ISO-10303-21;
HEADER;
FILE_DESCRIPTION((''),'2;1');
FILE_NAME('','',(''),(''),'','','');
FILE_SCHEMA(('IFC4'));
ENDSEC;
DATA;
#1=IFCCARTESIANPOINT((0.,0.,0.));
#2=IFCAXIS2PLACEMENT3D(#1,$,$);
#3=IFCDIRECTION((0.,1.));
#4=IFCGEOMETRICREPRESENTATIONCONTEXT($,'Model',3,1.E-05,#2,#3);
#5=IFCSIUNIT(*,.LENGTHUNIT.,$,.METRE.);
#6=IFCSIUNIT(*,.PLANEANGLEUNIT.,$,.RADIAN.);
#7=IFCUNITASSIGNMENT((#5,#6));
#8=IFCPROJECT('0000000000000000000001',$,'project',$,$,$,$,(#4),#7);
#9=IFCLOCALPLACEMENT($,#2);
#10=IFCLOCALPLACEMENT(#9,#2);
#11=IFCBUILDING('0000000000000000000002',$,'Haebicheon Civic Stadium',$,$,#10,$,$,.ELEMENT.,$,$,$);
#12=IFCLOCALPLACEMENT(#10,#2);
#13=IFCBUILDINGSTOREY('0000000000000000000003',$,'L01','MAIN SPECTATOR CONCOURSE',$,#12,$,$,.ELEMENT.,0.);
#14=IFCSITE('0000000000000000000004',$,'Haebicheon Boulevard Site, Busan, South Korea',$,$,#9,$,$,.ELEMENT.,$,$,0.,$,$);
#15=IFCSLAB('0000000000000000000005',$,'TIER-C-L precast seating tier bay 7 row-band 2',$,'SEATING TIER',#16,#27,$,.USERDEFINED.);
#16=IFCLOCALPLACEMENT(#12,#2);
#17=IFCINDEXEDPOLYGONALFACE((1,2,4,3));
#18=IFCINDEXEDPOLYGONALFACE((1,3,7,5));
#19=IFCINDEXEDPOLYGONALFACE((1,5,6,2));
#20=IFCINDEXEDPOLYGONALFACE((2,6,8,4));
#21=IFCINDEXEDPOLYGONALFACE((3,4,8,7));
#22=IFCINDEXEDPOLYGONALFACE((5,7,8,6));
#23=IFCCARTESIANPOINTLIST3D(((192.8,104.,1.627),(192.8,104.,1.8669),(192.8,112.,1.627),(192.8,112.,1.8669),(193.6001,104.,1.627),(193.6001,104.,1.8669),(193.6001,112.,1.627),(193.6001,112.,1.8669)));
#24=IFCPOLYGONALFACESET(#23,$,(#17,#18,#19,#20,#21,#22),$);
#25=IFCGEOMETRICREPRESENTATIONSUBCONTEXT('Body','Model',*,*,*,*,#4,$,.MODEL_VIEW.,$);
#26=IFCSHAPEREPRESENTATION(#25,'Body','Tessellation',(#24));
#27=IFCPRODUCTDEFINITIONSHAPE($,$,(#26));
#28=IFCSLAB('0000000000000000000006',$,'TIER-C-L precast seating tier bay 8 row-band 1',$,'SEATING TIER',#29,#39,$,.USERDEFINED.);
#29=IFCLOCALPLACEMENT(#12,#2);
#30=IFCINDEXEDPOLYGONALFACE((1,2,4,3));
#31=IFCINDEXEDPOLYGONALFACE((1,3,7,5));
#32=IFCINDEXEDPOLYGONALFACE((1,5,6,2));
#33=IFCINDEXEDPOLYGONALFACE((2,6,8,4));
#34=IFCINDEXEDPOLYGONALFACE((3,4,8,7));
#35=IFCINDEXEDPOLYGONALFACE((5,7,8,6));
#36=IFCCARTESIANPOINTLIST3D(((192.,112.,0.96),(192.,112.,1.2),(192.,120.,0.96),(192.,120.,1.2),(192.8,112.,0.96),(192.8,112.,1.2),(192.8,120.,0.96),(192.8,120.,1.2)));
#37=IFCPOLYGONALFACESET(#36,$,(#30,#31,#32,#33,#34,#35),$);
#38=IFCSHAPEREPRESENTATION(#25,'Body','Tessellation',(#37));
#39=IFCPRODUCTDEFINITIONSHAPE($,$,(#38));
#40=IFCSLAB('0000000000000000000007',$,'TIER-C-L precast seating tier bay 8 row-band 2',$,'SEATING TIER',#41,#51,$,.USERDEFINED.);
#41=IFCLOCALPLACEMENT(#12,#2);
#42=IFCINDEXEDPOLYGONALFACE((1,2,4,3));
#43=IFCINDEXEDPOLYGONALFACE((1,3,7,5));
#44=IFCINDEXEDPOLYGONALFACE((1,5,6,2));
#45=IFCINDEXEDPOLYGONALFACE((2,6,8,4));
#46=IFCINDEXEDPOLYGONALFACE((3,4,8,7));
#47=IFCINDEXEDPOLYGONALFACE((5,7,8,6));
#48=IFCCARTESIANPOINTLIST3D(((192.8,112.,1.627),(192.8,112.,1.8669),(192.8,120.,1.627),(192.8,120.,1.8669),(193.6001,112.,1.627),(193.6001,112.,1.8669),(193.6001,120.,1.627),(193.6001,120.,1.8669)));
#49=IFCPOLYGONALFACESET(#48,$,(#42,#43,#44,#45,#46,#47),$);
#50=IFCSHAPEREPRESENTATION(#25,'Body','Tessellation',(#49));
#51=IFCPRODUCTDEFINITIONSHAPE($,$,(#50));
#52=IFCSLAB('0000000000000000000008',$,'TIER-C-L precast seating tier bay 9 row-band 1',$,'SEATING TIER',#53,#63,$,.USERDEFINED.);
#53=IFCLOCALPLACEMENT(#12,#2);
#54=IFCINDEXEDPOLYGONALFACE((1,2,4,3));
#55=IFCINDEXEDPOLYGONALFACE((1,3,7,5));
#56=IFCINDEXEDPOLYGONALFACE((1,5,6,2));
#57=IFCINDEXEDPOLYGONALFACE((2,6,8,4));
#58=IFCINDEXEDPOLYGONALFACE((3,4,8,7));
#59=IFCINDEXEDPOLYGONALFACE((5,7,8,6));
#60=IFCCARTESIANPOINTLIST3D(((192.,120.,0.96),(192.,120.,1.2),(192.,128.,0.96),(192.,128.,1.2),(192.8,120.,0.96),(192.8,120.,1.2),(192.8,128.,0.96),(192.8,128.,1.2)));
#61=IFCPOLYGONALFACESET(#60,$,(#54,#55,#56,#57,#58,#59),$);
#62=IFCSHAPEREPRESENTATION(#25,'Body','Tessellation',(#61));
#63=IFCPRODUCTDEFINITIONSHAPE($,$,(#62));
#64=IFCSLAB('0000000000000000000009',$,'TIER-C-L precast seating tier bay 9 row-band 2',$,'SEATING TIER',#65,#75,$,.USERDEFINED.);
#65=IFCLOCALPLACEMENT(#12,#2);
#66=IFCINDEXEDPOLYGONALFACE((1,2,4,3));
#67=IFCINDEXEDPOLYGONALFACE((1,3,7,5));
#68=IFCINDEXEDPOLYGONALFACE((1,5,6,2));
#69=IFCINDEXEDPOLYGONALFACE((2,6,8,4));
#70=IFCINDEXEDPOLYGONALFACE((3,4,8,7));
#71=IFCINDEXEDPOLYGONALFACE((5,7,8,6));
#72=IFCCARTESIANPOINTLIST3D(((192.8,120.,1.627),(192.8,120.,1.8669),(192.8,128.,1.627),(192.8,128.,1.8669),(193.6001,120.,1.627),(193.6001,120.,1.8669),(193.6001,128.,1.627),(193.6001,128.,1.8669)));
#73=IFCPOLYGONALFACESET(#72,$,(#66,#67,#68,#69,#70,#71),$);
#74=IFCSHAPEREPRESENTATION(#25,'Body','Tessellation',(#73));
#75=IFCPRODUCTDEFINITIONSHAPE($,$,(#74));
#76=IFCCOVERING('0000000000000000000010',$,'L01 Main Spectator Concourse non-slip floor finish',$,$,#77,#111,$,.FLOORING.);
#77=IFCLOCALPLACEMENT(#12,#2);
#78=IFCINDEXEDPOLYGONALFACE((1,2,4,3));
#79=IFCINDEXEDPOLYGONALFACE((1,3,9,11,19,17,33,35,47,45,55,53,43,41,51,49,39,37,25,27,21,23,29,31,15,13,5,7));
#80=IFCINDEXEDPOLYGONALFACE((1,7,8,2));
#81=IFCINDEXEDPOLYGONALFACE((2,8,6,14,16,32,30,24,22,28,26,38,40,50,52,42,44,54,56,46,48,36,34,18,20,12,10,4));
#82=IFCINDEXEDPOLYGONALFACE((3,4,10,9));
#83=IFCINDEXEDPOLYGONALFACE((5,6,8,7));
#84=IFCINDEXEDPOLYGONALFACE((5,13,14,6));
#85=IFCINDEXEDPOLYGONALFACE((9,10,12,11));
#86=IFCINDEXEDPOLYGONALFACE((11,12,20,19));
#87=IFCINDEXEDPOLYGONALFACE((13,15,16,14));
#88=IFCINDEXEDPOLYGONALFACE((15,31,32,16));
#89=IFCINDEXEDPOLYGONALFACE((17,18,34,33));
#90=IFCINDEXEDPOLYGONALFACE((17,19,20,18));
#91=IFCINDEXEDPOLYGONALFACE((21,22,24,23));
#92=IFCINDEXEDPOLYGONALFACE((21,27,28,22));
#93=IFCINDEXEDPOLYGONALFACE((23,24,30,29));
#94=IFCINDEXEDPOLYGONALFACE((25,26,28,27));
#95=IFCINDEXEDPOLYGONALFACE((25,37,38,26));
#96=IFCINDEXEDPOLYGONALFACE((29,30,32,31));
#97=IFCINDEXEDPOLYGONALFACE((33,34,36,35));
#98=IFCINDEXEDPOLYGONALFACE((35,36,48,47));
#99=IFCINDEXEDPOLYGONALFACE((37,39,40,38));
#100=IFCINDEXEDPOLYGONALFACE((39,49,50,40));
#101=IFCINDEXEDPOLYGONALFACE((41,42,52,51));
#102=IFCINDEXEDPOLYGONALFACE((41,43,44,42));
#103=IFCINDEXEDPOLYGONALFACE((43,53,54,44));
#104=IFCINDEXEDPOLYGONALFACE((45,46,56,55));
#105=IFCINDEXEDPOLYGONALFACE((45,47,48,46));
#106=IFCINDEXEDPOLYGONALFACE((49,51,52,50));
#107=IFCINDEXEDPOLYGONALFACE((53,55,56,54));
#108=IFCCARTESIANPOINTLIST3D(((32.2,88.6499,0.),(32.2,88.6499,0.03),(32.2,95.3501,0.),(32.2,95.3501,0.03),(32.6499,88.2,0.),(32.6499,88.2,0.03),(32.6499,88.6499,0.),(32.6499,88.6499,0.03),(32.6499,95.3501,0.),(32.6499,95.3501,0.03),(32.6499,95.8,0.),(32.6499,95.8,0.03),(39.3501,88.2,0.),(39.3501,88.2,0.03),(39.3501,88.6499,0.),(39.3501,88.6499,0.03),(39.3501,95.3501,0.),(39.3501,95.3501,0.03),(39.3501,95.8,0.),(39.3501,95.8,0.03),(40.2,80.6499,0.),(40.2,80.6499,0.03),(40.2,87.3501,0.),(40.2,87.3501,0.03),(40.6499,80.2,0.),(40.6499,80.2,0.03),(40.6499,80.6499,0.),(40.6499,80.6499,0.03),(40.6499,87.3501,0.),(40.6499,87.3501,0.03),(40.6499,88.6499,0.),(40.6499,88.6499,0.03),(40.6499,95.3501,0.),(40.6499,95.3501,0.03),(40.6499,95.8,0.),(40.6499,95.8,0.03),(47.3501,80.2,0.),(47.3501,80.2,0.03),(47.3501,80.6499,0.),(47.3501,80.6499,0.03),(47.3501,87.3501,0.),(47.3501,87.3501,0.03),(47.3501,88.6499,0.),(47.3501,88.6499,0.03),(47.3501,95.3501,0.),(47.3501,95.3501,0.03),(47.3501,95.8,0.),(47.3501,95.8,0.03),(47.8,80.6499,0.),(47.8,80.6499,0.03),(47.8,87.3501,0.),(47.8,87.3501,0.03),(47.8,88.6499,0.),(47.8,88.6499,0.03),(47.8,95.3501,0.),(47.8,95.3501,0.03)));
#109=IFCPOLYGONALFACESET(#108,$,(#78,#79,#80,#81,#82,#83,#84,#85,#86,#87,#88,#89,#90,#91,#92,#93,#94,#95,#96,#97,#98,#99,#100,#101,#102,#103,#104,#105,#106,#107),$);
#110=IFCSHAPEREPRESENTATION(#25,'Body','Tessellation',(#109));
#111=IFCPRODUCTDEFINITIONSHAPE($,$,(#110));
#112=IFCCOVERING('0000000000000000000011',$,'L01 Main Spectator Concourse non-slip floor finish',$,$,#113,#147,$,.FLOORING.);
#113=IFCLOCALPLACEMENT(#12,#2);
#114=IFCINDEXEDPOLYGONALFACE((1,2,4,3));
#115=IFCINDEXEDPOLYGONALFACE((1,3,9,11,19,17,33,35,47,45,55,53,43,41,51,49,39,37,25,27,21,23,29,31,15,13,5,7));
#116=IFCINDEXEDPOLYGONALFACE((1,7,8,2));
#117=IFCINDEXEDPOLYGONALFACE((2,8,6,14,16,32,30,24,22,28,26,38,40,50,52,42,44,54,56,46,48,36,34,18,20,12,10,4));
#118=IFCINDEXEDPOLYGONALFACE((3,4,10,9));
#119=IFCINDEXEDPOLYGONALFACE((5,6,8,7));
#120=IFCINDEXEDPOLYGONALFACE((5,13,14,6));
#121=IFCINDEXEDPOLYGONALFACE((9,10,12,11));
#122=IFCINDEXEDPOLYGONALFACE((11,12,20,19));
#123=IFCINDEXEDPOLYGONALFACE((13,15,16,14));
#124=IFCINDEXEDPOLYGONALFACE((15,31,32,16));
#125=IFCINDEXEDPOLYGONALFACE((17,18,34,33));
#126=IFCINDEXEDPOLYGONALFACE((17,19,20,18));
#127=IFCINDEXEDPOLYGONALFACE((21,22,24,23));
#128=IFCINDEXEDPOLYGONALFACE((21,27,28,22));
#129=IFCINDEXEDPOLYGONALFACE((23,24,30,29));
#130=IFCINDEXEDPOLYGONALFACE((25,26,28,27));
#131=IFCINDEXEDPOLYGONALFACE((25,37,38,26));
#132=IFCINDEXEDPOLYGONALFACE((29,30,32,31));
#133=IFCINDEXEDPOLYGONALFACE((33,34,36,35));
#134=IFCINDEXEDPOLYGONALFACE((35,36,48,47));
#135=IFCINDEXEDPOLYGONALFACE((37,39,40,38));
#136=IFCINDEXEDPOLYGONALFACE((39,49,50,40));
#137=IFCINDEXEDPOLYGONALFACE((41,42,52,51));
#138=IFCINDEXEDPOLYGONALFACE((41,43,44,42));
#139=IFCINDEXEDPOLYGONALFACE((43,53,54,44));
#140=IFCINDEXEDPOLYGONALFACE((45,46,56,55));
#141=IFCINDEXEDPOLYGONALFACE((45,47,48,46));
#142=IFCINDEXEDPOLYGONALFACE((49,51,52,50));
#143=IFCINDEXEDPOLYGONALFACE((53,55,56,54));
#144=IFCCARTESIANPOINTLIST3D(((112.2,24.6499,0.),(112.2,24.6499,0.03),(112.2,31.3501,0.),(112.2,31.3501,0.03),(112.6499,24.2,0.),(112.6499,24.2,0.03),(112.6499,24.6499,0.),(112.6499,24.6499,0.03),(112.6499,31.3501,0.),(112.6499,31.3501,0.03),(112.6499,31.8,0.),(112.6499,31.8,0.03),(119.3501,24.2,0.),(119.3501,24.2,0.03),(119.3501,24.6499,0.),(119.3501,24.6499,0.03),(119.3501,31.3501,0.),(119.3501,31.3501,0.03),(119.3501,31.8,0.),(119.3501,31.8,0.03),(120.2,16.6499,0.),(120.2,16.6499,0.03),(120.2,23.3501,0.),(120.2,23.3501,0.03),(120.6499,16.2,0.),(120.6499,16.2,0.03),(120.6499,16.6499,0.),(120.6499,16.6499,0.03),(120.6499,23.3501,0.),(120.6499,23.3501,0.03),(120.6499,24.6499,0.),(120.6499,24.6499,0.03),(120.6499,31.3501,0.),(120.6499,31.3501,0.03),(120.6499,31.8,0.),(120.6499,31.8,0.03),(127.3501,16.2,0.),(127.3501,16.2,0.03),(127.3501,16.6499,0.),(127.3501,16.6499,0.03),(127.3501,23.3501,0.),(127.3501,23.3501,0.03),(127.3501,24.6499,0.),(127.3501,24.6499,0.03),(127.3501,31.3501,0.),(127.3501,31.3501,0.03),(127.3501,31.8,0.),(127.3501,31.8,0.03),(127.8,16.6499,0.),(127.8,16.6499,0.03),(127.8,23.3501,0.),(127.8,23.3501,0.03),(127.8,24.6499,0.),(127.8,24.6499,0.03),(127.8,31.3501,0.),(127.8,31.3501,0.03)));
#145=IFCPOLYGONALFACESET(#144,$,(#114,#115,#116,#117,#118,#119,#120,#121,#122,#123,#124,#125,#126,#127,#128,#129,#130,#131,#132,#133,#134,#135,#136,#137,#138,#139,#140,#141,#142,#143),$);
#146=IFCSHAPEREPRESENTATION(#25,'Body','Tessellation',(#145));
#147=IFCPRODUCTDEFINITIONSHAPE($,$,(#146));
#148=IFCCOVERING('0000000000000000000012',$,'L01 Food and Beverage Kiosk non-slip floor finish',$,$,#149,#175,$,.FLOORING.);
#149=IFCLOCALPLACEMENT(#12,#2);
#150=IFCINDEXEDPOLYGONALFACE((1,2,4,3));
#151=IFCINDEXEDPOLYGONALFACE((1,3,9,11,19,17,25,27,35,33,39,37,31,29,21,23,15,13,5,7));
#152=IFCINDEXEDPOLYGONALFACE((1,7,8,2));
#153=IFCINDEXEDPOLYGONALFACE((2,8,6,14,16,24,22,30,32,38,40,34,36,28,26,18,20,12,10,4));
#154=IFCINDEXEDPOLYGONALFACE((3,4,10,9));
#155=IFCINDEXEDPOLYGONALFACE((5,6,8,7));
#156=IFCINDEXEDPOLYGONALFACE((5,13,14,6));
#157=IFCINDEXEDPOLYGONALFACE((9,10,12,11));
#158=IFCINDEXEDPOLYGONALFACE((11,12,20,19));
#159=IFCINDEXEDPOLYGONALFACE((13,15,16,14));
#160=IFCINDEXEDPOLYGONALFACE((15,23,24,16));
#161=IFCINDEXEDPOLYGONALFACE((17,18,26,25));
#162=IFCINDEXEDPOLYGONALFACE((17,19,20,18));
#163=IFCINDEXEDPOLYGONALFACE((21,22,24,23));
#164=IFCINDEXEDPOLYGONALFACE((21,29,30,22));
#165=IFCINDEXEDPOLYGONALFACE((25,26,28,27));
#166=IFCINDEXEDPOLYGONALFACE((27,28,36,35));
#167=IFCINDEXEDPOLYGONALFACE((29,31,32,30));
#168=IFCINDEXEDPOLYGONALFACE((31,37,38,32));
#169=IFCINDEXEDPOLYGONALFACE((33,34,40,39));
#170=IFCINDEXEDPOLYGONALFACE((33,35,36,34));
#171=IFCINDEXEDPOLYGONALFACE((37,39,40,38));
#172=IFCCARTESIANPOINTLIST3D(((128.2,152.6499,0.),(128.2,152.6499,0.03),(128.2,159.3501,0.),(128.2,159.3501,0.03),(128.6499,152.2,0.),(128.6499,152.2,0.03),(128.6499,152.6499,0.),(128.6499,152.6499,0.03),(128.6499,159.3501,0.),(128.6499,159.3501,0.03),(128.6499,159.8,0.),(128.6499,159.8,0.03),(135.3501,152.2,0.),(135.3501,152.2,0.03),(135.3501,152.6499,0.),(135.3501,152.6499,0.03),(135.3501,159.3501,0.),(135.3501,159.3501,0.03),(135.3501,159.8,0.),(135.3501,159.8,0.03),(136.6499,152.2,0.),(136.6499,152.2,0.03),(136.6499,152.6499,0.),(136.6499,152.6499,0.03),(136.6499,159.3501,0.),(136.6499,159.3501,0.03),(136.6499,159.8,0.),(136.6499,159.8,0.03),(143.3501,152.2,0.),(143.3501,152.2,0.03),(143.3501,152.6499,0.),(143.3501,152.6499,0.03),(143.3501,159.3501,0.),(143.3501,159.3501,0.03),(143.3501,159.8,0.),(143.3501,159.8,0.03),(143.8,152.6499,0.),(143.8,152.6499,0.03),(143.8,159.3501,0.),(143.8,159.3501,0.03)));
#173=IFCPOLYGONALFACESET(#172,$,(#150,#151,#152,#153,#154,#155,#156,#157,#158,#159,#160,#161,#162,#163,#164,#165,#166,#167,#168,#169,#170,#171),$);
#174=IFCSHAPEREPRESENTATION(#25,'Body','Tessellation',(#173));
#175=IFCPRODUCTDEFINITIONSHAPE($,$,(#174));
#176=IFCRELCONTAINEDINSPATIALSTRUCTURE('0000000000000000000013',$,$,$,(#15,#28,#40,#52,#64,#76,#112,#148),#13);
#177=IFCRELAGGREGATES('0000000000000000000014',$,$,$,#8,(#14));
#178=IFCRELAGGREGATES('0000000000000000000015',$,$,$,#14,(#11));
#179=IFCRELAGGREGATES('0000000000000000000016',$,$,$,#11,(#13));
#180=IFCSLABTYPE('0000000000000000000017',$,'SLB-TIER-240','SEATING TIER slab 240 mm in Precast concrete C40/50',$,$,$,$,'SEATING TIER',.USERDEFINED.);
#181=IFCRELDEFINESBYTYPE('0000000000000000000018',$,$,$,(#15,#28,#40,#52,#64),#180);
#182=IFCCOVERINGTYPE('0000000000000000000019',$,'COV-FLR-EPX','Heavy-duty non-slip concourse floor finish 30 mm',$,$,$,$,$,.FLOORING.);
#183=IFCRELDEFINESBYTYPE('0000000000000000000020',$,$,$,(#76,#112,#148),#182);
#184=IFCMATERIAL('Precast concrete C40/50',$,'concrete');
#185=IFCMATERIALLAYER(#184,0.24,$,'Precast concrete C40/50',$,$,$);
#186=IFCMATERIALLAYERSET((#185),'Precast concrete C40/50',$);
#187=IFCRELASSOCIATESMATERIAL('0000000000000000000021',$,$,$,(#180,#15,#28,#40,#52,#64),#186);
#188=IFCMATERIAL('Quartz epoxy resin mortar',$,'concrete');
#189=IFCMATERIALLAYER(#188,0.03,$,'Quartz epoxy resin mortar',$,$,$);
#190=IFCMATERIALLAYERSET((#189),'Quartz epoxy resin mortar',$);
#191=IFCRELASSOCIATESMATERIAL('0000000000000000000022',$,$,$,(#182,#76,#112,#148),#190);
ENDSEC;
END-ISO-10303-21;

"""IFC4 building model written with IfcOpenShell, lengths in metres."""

from ifc_helpers import new_model, si_unit, direction, frame, origin, place, context, subcontext, project, spatial, polyline, outline, extrude, material, layer, layer_set, type_object, element, save


model = new_model("IFC4")

# Units and contexts
model_context = context("Model", 3, precision=1e-05, world=origin(), true_north=direction((0.0, 1.0)))
body_context = subcontext(model_context, "Body", "Model", "MODEL_VIEW")
ifc_project = project(units=[si_unit("LENGTHUNIT", "METRE"), si_unit("PLANEANGLEUNIT", "RADIAN")], contexts=[model_context])

# Site, building, storey
site_placement = place(None, origin())
site = spatial("IfcSite", under=ifc_project, at=site_placement, Name="Haebicheon Boulevard Site, Busan, South Korea", CompositionType="ELEMENT", RefElevation=0.0)
building_placement = place(site_placement, origin())
building = spatial("IfcBuilding", under=site, at=building_placement, Name="Haebicheon Civic Stadium", CompositionType="ELEMENT")
storey_placement = place(building_placement, origin())
storey = spatial("IfcBuildingStorey", under=building, at=storey_placement, Name="L01", Description="MAIN SPECTATOR CONCOURSE", CompositionType="ELEMENT", Elevation=0.0)

# Slabs
ifc_material_1 = material(Name="Precast concrete C40/50", Category="concrete")
ifc_layer_1 = layer(ifc_material_1, 0.24, Name="Precast concrete C40/50")
ifc_layer_set_1 = layer_set([ifc_layer_1], Name="Precast concrete C40/50")
slab_type_1 = type_object("IfcSlabType", Name="SLB-TIER-240", Description="SEATING TIER slab 240 mm in Precast concrete C40/50", ElementType="SEATING TIER", PredefinedType="USERDEFINED", material=ifc_layer_set_1)
slab_1_placement = place(storey_placement, frame((0.0, 0.0, 1.627)))
element("IfcSlab", 1, at=slab_1_placement, inside=storey, type_object=slab_type_1, material=ifc_layer_set_1, Name="TIER-C-L precast seating tier bay 7 row-band 2", ObjectType="SEATING TIER", PredefinedType="USERDEFINED", context=body_context, shape_type="SweptSolid", body=[
    extrude(outline(polyline([(192.8, 104.0), (193.6001, 104.0), (193.6001, 112.0), (192.8, 112.0), (192.8, 104.0)])), origin(), (0.0, 0.0, 1.0), 0.24),
])
slab_2_placement = place(storey_placement, frame((0.0, 0.0, 0.96)))
element("IfcSlab", 2, at=slab_2_placement, inside=storey, type_object=slab_type_1, material=ifc_layer_set_1, Name="TIER-C-L precast seating tier bay 8 row-band 1", ObjectType="SEATING TIER", PredefinedType="USERDEFINED", context=body_context, shape_type="SweptSolid", body=[
    extrude(outline(polyline([(192.0, 112.0), (192.8, 112.0), (192.8, 120.0), (192.0, 120.0), (192.0, 112.0)])), origin(), (0.0, 0.0, 1.0), 0.24),
])
slab_3_placement = place(storey_placement, frame((0.0, 0.0, 1.627)))
element("IfcSlab", 3, at=slab_3_placement, inside=storey, type_object=slab_type_1, material=ifc_layer_set_1, Name="TIER-C-L precast seating tier bay 8 row-band 2", ObjectType="SEATING TIER", PredefinedType="USERDEFINED", context=body_context, shape_type="SweptSolid", body=[
    extrude(outline(polyline([(192.8, 112.0), (193.6001, 112.0), (193.6001, 120.0), (192.8, 120.0), (192.8, 112.0)])), origin(), (0.0, 0.0, 1.0), 0.24),
])
slab_4_placement = place(storey_placement, frame((0.0, 0.0, 0.96)))
element("IfcSlab", 4, at=slab_4_placement, inside=storey, type_object=slab_type_1, material=ifc_layer_set_1, Name="TIER-C-L precast seating tier bay 9 row-band 1", ObjectType="SEATING TIER", PredefinedType="USERDEFINED", context=body_context, shape_type="SweptSolid", body=[
    extrude(outline(polyline([(192.0, 120.0), (192.8, 120.0), (192.8, 128.0), (192.0, 128.0), (192.0, 120.0)])), origin(), (0.0, 0.0, 1.0), 0.24),
])
slab_5_placement = place(storey_placement, frame((0.0, 0.0, 1.627)))
element("IfcSlab", 5, at=slab_5_placement, inside=storey, type_object=slab_type_1, material=ifc_layer_set_1, Name="TIER-C-L precast seating tier bay 9 row-band 2", ObjectType="SEATING TIER", PredefinedType="USERDEFINED", context=body_context, shape_type="SweptSolid", body=[
    extrude(outline(polyline([(192.8, 120.0), (193.6001, 120.0), (193.6001, 128.0), (192.8, 128.0), (192.8, 120.0)])), origin(), (0.0, 0.0, 1.0), 0.24),
])

# Coverings
ifc_material_2 = material(Name="Quartz epoxy resin mortar", Category="concrete")
ifc_layer_2 = layer(ifc_material_2, 0.03, Name="Quartz epoxy resin mortar")
ifc_layer_set_2 = layer_set([ifc_layer_2], Name="Quartz epoxy resin mortar")
covering_type = type_object("IfcCoveringType", Name="COV-FLR-EPX", Description="Heavy-duty non-slip concourse floor finish 30 mm", PredefinedType="FLOORING", material=ifc_layer_set_2)
covering_1_placement = place(storey_placement, origin())
element("IfcCovering", 6, at=covering_1_placement, inside=storey, type_object=covering_type, material=ifc_layer_set_2, Name="L01 Main Spectator Concourse non-slip floor finish", PredefinedType="FLOORING", context=body_context, shape_type="SweptSolid", body=[
    extrude(outline(polyline([(40.6499, 80.2), (40.6499, 80.6499), (40.2, 80.6499), (40.2, 87.3501), (40.6499, 87.3501), (40.6499, 88.6499), (39.3501, 88.6499), (39.3501, 88.2), (32.6499, 88.2), (32.6499, 88.6499), (32.2, 88.6499), (32.2, 95.3501), (32.6499, 95.3501), (32.6499, 95.8), (39.3501, 95.8), (39.3501, 95.3501), (40.6499, 95.3501), (40.6499, 95.8), (47.3501, 95.8), (47.3501, 95.3501), (47.8, 95.3501), (47.8, 88.6499), (47.3501, 88.6499), (47.3501, 87.3501), (47.8, 87.3501), (47.8, 80.6499), (47.3501, 80.6499), (47.3501, 80.2), (40.6499, 80.2)])), origin(), (0.0, 0.0, 1.0), 0.03),
])
covering_2_placement = place(storey_placement, origin())
element("IfcCovering", 7, at=covering_2_placement, inside=storey, type_object=covering_type, material=ifc_layer_set_2, Name="L01 Main Spectator Concourse non-slip floor finish", PredefinedType="FLOORING", context=body_context, shape_type="SweptSolid", body=[
    extrude(outline(polyline([(120.6499, 16.2), (120.6499, 16.6499), (120.2, 16.6499), (120.2, 23.3501), (120.6499, 23.3501), (120.6499, 24.6499), (119.3501, 24.6499), (119.3501, 24.2), (112.6499, 24.2), (112.6499, 24.6499), (112.2, 24.6499), (112.2, 31.3501), (112.6499, 31.3501), (112.6499, 31.8), (119.3501, 31.8), (119.3501, 31.3501), (120.6499, 31.3501), (120.6499, 31.8), (127.3501, 31.8), (127.3501, 31.3501), (127.8, 31.3501), (127.8, 24.6499), (127.3501, 24.6499), (127.3501, 23.3501), (127.8, 23.3501), (127.8, 16.6499), (127.3501, 16.6499), (127.3501, 16.2), (120.6499, 16.2)])), origin(), (0.0, 0.0, 1.0), 0.03),
])
covering_3_placement = place(storey_placement, origin())
element("IfcCovering", 8, at=covering_3_placement, inside=storey, type_object=covering_type, material=ifc_layer_set_2, Name="L01 Food and Beverage Kiosk non-slip floor finish", PredefinedType="FLOORING", context=body_context, shape_type="SweptSolid", body=[
    extrude(outline(polyline([(128.2, 159.3501), (128.6499, 159.3501), (128.6499, 159.8), (135.3501, 159.8), (135.3501, 159.3501), (136.6499, 159.3501), (136.6499, 159.8), (143.3501, 159.8), (143.3501, 159.3501), (143.8, 159.3501), (143.8, 152.6499), (143.3501, 152.6499), (143.3501, 152.2), (136.6499, 152.2), (136.6499, 152.6499), (135.3501, 152.6499), (135.3501, 152.2), (128.6499, 152.2), (128.6499, 152.6499), (128.2, 152.6499), (128.2, 159.3501)])), origin(), (0.0, 0.0, 1.0), 0.03),
])

save(model, "model.ifc")
